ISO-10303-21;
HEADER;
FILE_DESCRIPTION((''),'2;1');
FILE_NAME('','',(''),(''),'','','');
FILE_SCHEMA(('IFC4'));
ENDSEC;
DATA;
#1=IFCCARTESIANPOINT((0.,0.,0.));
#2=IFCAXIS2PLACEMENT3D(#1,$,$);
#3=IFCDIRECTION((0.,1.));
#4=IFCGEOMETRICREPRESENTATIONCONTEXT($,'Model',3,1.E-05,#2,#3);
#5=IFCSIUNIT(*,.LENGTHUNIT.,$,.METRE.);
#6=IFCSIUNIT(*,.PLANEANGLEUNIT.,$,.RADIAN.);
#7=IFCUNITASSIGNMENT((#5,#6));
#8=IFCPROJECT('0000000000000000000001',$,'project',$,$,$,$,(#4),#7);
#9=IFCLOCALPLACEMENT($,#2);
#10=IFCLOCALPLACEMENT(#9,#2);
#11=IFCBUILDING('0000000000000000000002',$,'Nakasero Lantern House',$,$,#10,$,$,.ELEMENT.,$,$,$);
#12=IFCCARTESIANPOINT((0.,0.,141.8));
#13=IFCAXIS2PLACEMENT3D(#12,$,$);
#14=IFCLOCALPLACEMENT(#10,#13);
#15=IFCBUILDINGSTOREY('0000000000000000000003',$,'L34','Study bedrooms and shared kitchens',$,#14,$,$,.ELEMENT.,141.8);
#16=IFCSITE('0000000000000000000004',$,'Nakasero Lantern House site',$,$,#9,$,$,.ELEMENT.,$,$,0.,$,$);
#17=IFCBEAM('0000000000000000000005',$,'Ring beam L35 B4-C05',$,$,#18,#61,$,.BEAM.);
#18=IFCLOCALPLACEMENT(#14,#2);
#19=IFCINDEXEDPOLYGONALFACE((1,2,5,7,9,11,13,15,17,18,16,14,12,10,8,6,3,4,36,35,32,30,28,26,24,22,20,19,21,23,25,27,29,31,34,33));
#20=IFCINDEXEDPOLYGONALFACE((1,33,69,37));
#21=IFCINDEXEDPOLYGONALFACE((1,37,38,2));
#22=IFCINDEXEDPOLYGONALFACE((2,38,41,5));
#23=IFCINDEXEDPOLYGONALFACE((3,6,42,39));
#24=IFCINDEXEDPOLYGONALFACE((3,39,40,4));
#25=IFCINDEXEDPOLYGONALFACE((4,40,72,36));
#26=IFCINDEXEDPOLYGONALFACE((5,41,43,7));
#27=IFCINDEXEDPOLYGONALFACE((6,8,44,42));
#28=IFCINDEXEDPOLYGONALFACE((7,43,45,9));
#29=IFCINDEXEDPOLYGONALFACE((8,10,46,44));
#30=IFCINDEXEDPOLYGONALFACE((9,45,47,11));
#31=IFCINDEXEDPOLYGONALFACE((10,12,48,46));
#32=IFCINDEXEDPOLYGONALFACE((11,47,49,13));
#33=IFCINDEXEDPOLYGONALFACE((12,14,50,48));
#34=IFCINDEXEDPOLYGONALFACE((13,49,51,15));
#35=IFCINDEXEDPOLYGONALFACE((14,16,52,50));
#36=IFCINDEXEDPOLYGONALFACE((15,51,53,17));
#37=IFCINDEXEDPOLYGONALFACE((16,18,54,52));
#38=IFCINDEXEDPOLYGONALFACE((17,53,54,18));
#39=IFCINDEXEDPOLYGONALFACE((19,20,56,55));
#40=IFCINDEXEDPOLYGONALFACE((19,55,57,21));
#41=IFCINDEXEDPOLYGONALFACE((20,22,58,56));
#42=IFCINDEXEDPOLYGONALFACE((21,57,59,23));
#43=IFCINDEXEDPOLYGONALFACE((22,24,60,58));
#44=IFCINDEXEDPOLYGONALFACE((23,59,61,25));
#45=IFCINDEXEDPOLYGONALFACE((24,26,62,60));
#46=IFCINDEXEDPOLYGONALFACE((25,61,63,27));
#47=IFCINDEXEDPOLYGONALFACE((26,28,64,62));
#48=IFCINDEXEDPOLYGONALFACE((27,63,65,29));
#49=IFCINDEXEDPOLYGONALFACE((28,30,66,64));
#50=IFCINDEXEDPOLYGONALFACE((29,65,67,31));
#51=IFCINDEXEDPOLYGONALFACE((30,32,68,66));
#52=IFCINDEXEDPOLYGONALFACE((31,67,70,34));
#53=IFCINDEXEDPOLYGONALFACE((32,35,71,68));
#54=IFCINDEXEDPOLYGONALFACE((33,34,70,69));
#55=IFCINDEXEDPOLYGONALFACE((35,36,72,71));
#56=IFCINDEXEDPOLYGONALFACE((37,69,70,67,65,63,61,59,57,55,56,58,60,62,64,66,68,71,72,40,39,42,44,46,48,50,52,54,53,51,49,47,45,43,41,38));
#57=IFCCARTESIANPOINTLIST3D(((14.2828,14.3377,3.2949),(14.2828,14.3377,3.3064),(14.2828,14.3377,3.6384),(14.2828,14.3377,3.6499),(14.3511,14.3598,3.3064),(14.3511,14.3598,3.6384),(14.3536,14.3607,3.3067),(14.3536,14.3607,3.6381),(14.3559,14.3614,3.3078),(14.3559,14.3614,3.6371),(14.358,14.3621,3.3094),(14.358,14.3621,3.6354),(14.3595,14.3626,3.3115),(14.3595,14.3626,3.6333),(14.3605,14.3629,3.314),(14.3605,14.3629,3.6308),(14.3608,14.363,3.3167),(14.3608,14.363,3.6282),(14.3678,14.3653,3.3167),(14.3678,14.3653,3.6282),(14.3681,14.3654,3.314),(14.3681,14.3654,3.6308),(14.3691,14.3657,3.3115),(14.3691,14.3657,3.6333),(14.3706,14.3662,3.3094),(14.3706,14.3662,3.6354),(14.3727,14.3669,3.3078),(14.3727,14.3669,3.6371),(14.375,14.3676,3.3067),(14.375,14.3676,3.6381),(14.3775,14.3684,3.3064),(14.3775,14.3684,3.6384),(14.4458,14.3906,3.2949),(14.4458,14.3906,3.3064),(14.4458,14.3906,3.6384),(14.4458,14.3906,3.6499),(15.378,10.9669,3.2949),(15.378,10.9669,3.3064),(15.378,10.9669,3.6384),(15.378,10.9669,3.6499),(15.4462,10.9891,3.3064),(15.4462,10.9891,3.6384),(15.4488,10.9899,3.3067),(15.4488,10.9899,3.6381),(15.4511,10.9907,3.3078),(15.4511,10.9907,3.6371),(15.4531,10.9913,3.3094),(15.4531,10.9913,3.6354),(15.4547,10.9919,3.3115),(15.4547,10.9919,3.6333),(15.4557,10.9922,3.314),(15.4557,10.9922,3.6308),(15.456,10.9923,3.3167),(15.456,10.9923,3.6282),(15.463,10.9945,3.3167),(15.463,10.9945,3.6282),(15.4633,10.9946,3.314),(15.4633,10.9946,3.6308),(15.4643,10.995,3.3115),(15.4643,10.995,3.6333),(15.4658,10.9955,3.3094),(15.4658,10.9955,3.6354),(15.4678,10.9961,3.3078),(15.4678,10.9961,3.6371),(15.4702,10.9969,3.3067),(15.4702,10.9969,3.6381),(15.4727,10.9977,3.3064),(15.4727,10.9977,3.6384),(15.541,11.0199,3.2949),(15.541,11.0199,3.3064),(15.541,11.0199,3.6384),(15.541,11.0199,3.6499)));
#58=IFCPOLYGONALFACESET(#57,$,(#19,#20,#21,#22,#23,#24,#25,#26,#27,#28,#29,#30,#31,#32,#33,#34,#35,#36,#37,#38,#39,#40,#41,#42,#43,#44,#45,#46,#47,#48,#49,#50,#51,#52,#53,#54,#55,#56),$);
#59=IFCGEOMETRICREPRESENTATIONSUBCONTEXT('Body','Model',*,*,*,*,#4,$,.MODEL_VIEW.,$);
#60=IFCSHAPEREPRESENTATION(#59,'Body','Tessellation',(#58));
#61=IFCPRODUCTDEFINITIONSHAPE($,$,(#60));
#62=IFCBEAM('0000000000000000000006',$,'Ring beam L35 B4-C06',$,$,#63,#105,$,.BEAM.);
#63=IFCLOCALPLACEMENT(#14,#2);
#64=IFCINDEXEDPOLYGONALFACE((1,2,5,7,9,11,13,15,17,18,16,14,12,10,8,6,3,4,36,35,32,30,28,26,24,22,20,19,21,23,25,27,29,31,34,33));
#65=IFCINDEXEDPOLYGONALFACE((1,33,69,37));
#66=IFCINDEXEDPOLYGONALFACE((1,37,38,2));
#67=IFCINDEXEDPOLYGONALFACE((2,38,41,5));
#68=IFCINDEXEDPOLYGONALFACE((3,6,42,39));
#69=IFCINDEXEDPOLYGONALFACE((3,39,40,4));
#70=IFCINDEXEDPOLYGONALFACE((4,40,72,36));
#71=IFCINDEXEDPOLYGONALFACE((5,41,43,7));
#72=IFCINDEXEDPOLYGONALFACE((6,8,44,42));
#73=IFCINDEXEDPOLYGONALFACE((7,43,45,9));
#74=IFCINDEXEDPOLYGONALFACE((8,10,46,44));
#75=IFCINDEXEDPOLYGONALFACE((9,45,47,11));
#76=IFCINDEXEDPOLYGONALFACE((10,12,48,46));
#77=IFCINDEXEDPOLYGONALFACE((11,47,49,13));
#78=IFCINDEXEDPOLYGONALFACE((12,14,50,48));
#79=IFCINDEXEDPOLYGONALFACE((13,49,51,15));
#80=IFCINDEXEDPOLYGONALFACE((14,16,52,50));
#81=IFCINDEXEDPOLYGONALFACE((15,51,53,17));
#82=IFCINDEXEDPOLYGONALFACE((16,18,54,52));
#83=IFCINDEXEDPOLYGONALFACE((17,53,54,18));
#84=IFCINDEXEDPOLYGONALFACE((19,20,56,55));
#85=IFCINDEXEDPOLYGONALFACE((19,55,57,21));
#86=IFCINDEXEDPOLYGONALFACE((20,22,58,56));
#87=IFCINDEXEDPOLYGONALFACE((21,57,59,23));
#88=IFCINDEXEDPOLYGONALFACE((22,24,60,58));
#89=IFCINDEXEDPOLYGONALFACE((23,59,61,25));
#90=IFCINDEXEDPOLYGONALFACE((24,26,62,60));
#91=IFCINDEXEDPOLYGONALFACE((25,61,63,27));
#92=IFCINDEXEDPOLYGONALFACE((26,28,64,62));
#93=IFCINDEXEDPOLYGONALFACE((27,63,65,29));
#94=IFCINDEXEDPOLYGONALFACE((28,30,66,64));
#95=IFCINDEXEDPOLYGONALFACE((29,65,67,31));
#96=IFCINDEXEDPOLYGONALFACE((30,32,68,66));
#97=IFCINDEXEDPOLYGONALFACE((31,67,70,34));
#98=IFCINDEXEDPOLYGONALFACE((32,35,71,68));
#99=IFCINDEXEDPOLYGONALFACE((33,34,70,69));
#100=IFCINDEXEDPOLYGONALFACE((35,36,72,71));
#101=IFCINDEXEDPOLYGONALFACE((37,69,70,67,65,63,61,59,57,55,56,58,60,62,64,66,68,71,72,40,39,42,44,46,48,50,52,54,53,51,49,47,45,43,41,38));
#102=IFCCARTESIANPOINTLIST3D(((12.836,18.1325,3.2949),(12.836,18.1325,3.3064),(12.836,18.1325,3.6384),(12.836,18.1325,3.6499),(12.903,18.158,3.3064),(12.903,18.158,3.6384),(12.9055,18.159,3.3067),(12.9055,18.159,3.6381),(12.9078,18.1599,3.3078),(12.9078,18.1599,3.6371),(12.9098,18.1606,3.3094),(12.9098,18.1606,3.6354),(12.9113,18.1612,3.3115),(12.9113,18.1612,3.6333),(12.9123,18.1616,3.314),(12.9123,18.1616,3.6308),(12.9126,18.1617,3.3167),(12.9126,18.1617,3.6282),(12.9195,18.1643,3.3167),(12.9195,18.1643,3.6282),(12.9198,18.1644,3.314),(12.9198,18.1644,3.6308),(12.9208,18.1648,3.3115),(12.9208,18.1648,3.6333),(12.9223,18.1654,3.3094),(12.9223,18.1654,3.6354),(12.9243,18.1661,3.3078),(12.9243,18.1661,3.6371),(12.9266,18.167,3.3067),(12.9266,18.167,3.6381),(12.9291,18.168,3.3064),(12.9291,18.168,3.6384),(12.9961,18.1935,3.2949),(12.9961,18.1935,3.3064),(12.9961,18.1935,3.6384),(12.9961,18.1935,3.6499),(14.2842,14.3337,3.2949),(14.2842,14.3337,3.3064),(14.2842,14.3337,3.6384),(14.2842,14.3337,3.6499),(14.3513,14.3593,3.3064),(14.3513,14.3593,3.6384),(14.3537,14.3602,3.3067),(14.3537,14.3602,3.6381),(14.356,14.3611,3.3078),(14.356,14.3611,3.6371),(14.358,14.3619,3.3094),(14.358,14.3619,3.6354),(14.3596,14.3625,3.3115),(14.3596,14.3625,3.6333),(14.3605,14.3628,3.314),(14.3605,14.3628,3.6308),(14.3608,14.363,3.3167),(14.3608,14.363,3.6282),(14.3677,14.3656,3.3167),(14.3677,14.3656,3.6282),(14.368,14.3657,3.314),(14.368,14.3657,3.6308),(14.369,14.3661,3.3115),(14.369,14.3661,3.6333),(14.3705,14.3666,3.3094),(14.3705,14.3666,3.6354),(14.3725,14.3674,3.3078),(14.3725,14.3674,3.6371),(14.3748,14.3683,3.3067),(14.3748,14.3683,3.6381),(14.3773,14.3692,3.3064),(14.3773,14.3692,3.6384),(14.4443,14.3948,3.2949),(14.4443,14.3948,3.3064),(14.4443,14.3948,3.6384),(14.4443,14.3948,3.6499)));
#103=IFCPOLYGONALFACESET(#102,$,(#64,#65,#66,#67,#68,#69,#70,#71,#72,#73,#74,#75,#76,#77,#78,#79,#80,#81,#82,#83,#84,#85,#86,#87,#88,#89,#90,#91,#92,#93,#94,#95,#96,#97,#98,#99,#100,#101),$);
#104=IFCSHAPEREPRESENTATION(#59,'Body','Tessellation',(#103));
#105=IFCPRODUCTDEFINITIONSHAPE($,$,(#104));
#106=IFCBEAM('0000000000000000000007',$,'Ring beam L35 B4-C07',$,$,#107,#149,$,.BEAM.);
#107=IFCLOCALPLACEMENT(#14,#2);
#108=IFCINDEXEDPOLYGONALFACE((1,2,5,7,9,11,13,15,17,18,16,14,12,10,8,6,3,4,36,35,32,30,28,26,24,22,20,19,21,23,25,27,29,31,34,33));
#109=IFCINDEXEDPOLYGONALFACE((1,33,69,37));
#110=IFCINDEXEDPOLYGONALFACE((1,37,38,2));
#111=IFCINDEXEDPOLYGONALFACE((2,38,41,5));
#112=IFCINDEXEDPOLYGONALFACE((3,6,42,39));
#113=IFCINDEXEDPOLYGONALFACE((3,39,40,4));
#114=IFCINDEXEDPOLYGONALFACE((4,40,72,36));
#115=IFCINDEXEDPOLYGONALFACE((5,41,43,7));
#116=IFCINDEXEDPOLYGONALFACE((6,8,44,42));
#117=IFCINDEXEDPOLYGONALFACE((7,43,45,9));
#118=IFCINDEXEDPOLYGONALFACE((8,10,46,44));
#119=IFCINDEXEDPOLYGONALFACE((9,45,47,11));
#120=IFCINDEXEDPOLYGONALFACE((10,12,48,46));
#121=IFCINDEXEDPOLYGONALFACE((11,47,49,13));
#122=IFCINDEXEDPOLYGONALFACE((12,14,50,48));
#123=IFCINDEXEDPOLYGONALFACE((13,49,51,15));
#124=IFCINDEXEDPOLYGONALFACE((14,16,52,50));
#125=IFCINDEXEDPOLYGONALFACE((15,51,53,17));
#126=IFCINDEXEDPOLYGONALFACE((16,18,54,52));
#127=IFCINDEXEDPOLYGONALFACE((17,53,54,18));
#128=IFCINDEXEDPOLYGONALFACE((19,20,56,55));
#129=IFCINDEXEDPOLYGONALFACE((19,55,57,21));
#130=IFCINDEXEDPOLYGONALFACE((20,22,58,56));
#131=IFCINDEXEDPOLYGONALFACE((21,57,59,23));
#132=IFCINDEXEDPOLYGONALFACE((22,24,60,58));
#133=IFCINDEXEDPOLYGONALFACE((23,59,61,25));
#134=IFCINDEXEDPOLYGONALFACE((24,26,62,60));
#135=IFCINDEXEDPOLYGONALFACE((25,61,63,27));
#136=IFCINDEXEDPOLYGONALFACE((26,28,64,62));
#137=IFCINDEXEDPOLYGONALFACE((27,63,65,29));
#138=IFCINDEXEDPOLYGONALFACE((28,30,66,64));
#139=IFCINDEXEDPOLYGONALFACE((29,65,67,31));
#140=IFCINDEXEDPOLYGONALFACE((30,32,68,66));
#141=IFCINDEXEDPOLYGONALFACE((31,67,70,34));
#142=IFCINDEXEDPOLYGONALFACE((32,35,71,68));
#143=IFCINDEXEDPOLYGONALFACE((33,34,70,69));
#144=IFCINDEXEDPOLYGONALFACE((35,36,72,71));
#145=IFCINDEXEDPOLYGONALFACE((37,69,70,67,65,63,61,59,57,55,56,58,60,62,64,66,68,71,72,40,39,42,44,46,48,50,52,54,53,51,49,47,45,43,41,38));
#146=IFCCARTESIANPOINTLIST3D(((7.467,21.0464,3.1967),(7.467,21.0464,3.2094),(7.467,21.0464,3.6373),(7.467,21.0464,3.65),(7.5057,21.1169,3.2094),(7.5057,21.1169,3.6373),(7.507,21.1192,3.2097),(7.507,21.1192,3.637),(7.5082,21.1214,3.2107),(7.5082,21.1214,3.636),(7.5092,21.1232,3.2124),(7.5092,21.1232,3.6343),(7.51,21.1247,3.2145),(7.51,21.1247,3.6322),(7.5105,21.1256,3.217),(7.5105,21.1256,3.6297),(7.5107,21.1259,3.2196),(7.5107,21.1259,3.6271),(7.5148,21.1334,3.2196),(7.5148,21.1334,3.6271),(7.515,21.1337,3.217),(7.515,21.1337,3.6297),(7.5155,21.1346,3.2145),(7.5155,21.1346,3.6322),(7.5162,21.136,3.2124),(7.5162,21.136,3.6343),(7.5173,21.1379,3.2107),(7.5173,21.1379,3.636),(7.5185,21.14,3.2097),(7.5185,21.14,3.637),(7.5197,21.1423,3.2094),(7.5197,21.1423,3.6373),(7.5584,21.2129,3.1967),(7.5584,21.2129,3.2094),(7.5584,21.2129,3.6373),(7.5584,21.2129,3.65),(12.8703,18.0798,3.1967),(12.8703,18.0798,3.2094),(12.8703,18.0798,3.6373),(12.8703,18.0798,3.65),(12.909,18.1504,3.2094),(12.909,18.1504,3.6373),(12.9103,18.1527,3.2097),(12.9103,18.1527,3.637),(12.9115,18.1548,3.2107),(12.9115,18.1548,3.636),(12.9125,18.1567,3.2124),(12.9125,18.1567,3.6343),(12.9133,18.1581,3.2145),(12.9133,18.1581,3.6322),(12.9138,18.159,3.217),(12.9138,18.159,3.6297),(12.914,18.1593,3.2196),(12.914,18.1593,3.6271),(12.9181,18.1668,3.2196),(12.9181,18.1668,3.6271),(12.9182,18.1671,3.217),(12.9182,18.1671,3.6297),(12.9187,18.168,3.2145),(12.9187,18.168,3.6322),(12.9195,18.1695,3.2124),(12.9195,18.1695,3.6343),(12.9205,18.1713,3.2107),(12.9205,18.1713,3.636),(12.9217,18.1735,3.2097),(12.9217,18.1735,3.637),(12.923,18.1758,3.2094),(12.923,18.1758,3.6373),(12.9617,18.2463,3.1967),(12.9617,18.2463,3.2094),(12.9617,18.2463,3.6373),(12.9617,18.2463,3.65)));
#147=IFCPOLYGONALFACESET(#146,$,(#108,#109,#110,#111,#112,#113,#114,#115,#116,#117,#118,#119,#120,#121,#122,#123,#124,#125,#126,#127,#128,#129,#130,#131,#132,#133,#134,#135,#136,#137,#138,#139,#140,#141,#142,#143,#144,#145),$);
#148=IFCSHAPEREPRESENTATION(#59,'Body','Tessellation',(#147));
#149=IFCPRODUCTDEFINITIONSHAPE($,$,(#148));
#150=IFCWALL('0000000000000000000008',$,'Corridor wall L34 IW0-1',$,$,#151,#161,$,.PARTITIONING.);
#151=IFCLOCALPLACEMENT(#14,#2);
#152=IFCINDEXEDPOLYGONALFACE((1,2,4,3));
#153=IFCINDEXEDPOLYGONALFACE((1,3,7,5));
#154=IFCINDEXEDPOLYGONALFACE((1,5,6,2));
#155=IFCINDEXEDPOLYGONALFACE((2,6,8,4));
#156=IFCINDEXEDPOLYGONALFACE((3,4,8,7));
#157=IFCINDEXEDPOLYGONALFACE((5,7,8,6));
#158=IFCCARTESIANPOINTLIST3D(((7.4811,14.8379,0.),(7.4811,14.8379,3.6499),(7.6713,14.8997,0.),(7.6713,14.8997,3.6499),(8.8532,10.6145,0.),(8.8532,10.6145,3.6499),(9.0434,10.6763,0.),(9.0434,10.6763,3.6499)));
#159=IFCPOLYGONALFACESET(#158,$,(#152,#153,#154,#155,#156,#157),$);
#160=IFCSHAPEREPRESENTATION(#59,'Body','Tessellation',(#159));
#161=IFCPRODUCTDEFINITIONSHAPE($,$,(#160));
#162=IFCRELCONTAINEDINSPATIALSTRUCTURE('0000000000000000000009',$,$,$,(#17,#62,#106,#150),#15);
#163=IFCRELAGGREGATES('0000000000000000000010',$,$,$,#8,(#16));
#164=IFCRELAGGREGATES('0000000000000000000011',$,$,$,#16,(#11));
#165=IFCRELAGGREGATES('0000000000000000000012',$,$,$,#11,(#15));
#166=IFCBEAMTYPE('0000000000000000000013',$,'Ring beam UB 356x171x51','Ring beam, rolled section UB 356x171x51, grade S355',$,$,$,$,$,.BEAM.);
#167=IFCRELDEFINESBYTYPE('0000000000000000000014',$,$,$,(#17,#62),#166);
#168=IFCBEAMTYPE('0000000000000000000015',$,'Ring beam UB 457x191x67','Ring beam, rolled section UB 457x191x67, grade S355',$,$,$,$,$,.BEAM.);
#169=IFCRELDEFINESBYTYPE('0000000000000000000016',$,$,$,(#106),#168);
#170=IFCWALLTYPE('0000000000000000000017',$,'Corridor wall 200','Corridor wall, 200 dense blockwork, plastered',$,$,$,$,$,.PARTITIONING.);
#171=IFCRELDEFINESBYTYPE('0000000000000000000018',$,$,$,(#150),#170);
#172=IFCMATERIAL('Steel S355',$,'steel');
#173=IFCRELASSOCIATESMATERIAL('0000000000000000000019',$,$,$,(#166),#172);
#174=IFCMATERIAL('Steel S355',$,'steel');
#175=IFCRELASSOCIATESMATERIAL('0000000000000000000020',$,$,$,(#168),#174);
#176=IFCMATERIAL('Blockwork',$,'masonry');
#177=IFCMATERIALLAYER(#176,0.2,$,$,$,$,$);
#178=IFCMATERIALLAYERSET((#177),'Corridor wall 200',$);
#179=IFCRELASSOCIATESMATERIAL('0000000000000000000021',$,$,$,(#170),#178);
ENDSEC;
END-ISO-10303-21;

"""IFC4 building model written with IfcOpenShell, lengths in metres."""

from ifc_helpers import new_model, si_unit, direction, frame, frame_2d, origin, origin_2d, place, context, subcontext, project, spatial, rectangle, i_section, extrude, material, layer, layer_set, material_profile, profile_set, type_object, element, save


model = new_model("IFC4")

# Units and contexts
model_context = context("Model", 3, precision=1e-05, world=origin(), true_north=direction((0.0, 1.0)))
body_context = subcontext(model_context, "Body", "Model", "MODEL_VIEW")
ifc_project = project(units=[si_unit("LENGTHUNIT", "METRE"), si_unit("PLANEANGLEUNIT", "RADIAN")], contexts=[model_context])

# Site, building, storey
site_placement = place(None, origin())
site = spatial("IfcSite", under=ifc_project, at=site_placement, Name="Nakasero Lantern House site", CompositionType="ELEMENT", RefElevation=0.0)
building_placement = place(site_placement, origin())
building = spatial("IfcBuilding", under=site, at=building_placement, Name="Nakasero Lantern House", CompositionType="ELEMENT")
storey_placement = place(building_placement, frame((0.0, 0.0, 141.8)))
storey = spatial("IfcBuildingStorey", under=building, at=storey_placement, Name="L34", Description="Study bedrooms and shared kitchens", CompositionType="ELEMENT", Elevation=141.8)

# Beams
ifc_material_1 = material(Name="Steel S355", Category="steel")
ifc_material_profile_1 = material_profile(ifc_material_1, i_section(OverallWidth=0.1714, OverallDepth=0.355, WebThickness=0.0073, FlangeThickness=0.0115, FilletRadius=0.0103, at=origin_2d()), Name="UB 356x171x51")
ifc_profile_set_1 = profile_set([ifc_material_profile_1], Name="Steel S355")
beam_type_1 = type_object("IfcBeamType", Name="Ring beam UB 356x171x51", Description="Ring beam, rolled section UB 356x171x51, grade S355", PredefinedType="BEAM", material=ifc_profile_set_1)
beam_1_placement = place(storey_placement, frame((15.4595, 10.9934, 3.4724), z_axis=(-0.309007, 0.95106, 0.0), x_axis=(-0.95106, -0.309007, 0.0)))
element("IfcBeam", 1, at=beam_1_placement, inside=storey, type_object=beam_type_1, Name="Ring beam L35 B4-C05", PredefinedType="BEAM", context=body_context, shape_type="SweptSolid", body=[
    extrude(i_section(OverallWidth=0.1714, OverallDepth=0.355, WebThickness=0.0073, FlangeThickness=0.0115, FilletRadius=0.0103, at=origin_2d()), origin(), (0.0, 0.0, 1.0), 3.5442),
])
beam_2_placement = place(storey_placement, frame((14.3643, 14.3643, 3.4724), z_axis=(-0.356225, 0.9344, 0.0), x_axis=(-0.9344, -0.356225, 0.0)))
element("IfcBeam", 2, at=beam_2_placement, inside=storey, type_object=beam_type_1, Name="Ring beam L35 B4-C06", PredefinedType="BEAM", context=body_context, shape_type="SweptSolid", body=[
    extrude(i_section(OverallWidth=0.1714, OverallDepth=0.355, WebThickness=0.0073, FlangeThickness=0.0115, FilletRadius=0.0103, at=origin_2d()), origin(), (0.0, 0.0, 1.0), 4.0654),
])
ifc_material_2 = material(Name="Steel S355", Category="steel")
ifc_material_profile_2 = material_profile(ifc_material_2, i_section(OverallWidth=0.1899, OverallDepth=0.4534, WebThickness=0.0085, FlangeThickness=0.0127, FilletRadius=0.0103, at=origin_2d()), Name="UB 457x191x67")
ifc_profile_set_2 = profile_set([ifc_material_profile_2], Name="Steel S355")
beam_type_2 = type_object("IfcBeamType", Name="Ring beam UB 457x191x67", Description="Ring beam, rolled section UB 457x191x67, grade S355", PredefinedType="BEAM", material=ifc_profile_set_2)
beam_3_placement = place(storey_placement, frame((12.916, 18.1631, 3.4233), z_axis=(-0.876577, 0.481262, 0.0), x_axis=(-0.481262, -0.876577, 0.0)))
element("IfcBeam", 3, at=beam_3_placement, inside=storey, type_object=beam_type_2, Name="Ring beam L35 B4-C07", PredefinedType="BEAM", context=body_context, shape_type="SweptSolid", body=[
    extrude(i_section(OverallWidth=0.1899, OverallDepth=0.4534, WebThickness=0.0085, FlangeThickness=0.0127, FilletRadius=0.0103, at=origin_2d()), origin(), (0.0, 0.0, 1.0), 6.1641),
])

# Wall
ifc_material_3 = material(Name="Blockwork", Category="masonry")
ifc_layer_1 = layer(ifc_material_3, 0.2)
ifc_layer_set_1 = layer_set([ifc_layer_1], Name="Corridor wall 200")
wall_type_1 = type_object("IfcWallType", Name="Corridor wall 200", Description="Corridor wall, 200 dense blockwork, plastered", PredefinedType="PARTITIONING", material=ifc_layer_set_1)
wall_1_placement = place(storey_placement, frame((8.9482, 10.6455, 0.0), z_axis=(0.0, 0.0, 1.0), x_axis=(-0.308978, 0.951069, 0.0)))
element("IfcWall", 4, at=wall_1_placement, inside=storey, type_object=wall_type_1, Name="Corridor wall L34 IW0-1", PredefinedType="PARTITIONING", context=body_context, shape_type="SweptSolid", body=[
    extrude(rectangle(XDim=4.4407, YDim=0.2, at=frame_2d((2.2202, 0.0))), origin(), (0.0, 0.0, 1.0), 3.6499),
])

save(model, "model.ifc")
